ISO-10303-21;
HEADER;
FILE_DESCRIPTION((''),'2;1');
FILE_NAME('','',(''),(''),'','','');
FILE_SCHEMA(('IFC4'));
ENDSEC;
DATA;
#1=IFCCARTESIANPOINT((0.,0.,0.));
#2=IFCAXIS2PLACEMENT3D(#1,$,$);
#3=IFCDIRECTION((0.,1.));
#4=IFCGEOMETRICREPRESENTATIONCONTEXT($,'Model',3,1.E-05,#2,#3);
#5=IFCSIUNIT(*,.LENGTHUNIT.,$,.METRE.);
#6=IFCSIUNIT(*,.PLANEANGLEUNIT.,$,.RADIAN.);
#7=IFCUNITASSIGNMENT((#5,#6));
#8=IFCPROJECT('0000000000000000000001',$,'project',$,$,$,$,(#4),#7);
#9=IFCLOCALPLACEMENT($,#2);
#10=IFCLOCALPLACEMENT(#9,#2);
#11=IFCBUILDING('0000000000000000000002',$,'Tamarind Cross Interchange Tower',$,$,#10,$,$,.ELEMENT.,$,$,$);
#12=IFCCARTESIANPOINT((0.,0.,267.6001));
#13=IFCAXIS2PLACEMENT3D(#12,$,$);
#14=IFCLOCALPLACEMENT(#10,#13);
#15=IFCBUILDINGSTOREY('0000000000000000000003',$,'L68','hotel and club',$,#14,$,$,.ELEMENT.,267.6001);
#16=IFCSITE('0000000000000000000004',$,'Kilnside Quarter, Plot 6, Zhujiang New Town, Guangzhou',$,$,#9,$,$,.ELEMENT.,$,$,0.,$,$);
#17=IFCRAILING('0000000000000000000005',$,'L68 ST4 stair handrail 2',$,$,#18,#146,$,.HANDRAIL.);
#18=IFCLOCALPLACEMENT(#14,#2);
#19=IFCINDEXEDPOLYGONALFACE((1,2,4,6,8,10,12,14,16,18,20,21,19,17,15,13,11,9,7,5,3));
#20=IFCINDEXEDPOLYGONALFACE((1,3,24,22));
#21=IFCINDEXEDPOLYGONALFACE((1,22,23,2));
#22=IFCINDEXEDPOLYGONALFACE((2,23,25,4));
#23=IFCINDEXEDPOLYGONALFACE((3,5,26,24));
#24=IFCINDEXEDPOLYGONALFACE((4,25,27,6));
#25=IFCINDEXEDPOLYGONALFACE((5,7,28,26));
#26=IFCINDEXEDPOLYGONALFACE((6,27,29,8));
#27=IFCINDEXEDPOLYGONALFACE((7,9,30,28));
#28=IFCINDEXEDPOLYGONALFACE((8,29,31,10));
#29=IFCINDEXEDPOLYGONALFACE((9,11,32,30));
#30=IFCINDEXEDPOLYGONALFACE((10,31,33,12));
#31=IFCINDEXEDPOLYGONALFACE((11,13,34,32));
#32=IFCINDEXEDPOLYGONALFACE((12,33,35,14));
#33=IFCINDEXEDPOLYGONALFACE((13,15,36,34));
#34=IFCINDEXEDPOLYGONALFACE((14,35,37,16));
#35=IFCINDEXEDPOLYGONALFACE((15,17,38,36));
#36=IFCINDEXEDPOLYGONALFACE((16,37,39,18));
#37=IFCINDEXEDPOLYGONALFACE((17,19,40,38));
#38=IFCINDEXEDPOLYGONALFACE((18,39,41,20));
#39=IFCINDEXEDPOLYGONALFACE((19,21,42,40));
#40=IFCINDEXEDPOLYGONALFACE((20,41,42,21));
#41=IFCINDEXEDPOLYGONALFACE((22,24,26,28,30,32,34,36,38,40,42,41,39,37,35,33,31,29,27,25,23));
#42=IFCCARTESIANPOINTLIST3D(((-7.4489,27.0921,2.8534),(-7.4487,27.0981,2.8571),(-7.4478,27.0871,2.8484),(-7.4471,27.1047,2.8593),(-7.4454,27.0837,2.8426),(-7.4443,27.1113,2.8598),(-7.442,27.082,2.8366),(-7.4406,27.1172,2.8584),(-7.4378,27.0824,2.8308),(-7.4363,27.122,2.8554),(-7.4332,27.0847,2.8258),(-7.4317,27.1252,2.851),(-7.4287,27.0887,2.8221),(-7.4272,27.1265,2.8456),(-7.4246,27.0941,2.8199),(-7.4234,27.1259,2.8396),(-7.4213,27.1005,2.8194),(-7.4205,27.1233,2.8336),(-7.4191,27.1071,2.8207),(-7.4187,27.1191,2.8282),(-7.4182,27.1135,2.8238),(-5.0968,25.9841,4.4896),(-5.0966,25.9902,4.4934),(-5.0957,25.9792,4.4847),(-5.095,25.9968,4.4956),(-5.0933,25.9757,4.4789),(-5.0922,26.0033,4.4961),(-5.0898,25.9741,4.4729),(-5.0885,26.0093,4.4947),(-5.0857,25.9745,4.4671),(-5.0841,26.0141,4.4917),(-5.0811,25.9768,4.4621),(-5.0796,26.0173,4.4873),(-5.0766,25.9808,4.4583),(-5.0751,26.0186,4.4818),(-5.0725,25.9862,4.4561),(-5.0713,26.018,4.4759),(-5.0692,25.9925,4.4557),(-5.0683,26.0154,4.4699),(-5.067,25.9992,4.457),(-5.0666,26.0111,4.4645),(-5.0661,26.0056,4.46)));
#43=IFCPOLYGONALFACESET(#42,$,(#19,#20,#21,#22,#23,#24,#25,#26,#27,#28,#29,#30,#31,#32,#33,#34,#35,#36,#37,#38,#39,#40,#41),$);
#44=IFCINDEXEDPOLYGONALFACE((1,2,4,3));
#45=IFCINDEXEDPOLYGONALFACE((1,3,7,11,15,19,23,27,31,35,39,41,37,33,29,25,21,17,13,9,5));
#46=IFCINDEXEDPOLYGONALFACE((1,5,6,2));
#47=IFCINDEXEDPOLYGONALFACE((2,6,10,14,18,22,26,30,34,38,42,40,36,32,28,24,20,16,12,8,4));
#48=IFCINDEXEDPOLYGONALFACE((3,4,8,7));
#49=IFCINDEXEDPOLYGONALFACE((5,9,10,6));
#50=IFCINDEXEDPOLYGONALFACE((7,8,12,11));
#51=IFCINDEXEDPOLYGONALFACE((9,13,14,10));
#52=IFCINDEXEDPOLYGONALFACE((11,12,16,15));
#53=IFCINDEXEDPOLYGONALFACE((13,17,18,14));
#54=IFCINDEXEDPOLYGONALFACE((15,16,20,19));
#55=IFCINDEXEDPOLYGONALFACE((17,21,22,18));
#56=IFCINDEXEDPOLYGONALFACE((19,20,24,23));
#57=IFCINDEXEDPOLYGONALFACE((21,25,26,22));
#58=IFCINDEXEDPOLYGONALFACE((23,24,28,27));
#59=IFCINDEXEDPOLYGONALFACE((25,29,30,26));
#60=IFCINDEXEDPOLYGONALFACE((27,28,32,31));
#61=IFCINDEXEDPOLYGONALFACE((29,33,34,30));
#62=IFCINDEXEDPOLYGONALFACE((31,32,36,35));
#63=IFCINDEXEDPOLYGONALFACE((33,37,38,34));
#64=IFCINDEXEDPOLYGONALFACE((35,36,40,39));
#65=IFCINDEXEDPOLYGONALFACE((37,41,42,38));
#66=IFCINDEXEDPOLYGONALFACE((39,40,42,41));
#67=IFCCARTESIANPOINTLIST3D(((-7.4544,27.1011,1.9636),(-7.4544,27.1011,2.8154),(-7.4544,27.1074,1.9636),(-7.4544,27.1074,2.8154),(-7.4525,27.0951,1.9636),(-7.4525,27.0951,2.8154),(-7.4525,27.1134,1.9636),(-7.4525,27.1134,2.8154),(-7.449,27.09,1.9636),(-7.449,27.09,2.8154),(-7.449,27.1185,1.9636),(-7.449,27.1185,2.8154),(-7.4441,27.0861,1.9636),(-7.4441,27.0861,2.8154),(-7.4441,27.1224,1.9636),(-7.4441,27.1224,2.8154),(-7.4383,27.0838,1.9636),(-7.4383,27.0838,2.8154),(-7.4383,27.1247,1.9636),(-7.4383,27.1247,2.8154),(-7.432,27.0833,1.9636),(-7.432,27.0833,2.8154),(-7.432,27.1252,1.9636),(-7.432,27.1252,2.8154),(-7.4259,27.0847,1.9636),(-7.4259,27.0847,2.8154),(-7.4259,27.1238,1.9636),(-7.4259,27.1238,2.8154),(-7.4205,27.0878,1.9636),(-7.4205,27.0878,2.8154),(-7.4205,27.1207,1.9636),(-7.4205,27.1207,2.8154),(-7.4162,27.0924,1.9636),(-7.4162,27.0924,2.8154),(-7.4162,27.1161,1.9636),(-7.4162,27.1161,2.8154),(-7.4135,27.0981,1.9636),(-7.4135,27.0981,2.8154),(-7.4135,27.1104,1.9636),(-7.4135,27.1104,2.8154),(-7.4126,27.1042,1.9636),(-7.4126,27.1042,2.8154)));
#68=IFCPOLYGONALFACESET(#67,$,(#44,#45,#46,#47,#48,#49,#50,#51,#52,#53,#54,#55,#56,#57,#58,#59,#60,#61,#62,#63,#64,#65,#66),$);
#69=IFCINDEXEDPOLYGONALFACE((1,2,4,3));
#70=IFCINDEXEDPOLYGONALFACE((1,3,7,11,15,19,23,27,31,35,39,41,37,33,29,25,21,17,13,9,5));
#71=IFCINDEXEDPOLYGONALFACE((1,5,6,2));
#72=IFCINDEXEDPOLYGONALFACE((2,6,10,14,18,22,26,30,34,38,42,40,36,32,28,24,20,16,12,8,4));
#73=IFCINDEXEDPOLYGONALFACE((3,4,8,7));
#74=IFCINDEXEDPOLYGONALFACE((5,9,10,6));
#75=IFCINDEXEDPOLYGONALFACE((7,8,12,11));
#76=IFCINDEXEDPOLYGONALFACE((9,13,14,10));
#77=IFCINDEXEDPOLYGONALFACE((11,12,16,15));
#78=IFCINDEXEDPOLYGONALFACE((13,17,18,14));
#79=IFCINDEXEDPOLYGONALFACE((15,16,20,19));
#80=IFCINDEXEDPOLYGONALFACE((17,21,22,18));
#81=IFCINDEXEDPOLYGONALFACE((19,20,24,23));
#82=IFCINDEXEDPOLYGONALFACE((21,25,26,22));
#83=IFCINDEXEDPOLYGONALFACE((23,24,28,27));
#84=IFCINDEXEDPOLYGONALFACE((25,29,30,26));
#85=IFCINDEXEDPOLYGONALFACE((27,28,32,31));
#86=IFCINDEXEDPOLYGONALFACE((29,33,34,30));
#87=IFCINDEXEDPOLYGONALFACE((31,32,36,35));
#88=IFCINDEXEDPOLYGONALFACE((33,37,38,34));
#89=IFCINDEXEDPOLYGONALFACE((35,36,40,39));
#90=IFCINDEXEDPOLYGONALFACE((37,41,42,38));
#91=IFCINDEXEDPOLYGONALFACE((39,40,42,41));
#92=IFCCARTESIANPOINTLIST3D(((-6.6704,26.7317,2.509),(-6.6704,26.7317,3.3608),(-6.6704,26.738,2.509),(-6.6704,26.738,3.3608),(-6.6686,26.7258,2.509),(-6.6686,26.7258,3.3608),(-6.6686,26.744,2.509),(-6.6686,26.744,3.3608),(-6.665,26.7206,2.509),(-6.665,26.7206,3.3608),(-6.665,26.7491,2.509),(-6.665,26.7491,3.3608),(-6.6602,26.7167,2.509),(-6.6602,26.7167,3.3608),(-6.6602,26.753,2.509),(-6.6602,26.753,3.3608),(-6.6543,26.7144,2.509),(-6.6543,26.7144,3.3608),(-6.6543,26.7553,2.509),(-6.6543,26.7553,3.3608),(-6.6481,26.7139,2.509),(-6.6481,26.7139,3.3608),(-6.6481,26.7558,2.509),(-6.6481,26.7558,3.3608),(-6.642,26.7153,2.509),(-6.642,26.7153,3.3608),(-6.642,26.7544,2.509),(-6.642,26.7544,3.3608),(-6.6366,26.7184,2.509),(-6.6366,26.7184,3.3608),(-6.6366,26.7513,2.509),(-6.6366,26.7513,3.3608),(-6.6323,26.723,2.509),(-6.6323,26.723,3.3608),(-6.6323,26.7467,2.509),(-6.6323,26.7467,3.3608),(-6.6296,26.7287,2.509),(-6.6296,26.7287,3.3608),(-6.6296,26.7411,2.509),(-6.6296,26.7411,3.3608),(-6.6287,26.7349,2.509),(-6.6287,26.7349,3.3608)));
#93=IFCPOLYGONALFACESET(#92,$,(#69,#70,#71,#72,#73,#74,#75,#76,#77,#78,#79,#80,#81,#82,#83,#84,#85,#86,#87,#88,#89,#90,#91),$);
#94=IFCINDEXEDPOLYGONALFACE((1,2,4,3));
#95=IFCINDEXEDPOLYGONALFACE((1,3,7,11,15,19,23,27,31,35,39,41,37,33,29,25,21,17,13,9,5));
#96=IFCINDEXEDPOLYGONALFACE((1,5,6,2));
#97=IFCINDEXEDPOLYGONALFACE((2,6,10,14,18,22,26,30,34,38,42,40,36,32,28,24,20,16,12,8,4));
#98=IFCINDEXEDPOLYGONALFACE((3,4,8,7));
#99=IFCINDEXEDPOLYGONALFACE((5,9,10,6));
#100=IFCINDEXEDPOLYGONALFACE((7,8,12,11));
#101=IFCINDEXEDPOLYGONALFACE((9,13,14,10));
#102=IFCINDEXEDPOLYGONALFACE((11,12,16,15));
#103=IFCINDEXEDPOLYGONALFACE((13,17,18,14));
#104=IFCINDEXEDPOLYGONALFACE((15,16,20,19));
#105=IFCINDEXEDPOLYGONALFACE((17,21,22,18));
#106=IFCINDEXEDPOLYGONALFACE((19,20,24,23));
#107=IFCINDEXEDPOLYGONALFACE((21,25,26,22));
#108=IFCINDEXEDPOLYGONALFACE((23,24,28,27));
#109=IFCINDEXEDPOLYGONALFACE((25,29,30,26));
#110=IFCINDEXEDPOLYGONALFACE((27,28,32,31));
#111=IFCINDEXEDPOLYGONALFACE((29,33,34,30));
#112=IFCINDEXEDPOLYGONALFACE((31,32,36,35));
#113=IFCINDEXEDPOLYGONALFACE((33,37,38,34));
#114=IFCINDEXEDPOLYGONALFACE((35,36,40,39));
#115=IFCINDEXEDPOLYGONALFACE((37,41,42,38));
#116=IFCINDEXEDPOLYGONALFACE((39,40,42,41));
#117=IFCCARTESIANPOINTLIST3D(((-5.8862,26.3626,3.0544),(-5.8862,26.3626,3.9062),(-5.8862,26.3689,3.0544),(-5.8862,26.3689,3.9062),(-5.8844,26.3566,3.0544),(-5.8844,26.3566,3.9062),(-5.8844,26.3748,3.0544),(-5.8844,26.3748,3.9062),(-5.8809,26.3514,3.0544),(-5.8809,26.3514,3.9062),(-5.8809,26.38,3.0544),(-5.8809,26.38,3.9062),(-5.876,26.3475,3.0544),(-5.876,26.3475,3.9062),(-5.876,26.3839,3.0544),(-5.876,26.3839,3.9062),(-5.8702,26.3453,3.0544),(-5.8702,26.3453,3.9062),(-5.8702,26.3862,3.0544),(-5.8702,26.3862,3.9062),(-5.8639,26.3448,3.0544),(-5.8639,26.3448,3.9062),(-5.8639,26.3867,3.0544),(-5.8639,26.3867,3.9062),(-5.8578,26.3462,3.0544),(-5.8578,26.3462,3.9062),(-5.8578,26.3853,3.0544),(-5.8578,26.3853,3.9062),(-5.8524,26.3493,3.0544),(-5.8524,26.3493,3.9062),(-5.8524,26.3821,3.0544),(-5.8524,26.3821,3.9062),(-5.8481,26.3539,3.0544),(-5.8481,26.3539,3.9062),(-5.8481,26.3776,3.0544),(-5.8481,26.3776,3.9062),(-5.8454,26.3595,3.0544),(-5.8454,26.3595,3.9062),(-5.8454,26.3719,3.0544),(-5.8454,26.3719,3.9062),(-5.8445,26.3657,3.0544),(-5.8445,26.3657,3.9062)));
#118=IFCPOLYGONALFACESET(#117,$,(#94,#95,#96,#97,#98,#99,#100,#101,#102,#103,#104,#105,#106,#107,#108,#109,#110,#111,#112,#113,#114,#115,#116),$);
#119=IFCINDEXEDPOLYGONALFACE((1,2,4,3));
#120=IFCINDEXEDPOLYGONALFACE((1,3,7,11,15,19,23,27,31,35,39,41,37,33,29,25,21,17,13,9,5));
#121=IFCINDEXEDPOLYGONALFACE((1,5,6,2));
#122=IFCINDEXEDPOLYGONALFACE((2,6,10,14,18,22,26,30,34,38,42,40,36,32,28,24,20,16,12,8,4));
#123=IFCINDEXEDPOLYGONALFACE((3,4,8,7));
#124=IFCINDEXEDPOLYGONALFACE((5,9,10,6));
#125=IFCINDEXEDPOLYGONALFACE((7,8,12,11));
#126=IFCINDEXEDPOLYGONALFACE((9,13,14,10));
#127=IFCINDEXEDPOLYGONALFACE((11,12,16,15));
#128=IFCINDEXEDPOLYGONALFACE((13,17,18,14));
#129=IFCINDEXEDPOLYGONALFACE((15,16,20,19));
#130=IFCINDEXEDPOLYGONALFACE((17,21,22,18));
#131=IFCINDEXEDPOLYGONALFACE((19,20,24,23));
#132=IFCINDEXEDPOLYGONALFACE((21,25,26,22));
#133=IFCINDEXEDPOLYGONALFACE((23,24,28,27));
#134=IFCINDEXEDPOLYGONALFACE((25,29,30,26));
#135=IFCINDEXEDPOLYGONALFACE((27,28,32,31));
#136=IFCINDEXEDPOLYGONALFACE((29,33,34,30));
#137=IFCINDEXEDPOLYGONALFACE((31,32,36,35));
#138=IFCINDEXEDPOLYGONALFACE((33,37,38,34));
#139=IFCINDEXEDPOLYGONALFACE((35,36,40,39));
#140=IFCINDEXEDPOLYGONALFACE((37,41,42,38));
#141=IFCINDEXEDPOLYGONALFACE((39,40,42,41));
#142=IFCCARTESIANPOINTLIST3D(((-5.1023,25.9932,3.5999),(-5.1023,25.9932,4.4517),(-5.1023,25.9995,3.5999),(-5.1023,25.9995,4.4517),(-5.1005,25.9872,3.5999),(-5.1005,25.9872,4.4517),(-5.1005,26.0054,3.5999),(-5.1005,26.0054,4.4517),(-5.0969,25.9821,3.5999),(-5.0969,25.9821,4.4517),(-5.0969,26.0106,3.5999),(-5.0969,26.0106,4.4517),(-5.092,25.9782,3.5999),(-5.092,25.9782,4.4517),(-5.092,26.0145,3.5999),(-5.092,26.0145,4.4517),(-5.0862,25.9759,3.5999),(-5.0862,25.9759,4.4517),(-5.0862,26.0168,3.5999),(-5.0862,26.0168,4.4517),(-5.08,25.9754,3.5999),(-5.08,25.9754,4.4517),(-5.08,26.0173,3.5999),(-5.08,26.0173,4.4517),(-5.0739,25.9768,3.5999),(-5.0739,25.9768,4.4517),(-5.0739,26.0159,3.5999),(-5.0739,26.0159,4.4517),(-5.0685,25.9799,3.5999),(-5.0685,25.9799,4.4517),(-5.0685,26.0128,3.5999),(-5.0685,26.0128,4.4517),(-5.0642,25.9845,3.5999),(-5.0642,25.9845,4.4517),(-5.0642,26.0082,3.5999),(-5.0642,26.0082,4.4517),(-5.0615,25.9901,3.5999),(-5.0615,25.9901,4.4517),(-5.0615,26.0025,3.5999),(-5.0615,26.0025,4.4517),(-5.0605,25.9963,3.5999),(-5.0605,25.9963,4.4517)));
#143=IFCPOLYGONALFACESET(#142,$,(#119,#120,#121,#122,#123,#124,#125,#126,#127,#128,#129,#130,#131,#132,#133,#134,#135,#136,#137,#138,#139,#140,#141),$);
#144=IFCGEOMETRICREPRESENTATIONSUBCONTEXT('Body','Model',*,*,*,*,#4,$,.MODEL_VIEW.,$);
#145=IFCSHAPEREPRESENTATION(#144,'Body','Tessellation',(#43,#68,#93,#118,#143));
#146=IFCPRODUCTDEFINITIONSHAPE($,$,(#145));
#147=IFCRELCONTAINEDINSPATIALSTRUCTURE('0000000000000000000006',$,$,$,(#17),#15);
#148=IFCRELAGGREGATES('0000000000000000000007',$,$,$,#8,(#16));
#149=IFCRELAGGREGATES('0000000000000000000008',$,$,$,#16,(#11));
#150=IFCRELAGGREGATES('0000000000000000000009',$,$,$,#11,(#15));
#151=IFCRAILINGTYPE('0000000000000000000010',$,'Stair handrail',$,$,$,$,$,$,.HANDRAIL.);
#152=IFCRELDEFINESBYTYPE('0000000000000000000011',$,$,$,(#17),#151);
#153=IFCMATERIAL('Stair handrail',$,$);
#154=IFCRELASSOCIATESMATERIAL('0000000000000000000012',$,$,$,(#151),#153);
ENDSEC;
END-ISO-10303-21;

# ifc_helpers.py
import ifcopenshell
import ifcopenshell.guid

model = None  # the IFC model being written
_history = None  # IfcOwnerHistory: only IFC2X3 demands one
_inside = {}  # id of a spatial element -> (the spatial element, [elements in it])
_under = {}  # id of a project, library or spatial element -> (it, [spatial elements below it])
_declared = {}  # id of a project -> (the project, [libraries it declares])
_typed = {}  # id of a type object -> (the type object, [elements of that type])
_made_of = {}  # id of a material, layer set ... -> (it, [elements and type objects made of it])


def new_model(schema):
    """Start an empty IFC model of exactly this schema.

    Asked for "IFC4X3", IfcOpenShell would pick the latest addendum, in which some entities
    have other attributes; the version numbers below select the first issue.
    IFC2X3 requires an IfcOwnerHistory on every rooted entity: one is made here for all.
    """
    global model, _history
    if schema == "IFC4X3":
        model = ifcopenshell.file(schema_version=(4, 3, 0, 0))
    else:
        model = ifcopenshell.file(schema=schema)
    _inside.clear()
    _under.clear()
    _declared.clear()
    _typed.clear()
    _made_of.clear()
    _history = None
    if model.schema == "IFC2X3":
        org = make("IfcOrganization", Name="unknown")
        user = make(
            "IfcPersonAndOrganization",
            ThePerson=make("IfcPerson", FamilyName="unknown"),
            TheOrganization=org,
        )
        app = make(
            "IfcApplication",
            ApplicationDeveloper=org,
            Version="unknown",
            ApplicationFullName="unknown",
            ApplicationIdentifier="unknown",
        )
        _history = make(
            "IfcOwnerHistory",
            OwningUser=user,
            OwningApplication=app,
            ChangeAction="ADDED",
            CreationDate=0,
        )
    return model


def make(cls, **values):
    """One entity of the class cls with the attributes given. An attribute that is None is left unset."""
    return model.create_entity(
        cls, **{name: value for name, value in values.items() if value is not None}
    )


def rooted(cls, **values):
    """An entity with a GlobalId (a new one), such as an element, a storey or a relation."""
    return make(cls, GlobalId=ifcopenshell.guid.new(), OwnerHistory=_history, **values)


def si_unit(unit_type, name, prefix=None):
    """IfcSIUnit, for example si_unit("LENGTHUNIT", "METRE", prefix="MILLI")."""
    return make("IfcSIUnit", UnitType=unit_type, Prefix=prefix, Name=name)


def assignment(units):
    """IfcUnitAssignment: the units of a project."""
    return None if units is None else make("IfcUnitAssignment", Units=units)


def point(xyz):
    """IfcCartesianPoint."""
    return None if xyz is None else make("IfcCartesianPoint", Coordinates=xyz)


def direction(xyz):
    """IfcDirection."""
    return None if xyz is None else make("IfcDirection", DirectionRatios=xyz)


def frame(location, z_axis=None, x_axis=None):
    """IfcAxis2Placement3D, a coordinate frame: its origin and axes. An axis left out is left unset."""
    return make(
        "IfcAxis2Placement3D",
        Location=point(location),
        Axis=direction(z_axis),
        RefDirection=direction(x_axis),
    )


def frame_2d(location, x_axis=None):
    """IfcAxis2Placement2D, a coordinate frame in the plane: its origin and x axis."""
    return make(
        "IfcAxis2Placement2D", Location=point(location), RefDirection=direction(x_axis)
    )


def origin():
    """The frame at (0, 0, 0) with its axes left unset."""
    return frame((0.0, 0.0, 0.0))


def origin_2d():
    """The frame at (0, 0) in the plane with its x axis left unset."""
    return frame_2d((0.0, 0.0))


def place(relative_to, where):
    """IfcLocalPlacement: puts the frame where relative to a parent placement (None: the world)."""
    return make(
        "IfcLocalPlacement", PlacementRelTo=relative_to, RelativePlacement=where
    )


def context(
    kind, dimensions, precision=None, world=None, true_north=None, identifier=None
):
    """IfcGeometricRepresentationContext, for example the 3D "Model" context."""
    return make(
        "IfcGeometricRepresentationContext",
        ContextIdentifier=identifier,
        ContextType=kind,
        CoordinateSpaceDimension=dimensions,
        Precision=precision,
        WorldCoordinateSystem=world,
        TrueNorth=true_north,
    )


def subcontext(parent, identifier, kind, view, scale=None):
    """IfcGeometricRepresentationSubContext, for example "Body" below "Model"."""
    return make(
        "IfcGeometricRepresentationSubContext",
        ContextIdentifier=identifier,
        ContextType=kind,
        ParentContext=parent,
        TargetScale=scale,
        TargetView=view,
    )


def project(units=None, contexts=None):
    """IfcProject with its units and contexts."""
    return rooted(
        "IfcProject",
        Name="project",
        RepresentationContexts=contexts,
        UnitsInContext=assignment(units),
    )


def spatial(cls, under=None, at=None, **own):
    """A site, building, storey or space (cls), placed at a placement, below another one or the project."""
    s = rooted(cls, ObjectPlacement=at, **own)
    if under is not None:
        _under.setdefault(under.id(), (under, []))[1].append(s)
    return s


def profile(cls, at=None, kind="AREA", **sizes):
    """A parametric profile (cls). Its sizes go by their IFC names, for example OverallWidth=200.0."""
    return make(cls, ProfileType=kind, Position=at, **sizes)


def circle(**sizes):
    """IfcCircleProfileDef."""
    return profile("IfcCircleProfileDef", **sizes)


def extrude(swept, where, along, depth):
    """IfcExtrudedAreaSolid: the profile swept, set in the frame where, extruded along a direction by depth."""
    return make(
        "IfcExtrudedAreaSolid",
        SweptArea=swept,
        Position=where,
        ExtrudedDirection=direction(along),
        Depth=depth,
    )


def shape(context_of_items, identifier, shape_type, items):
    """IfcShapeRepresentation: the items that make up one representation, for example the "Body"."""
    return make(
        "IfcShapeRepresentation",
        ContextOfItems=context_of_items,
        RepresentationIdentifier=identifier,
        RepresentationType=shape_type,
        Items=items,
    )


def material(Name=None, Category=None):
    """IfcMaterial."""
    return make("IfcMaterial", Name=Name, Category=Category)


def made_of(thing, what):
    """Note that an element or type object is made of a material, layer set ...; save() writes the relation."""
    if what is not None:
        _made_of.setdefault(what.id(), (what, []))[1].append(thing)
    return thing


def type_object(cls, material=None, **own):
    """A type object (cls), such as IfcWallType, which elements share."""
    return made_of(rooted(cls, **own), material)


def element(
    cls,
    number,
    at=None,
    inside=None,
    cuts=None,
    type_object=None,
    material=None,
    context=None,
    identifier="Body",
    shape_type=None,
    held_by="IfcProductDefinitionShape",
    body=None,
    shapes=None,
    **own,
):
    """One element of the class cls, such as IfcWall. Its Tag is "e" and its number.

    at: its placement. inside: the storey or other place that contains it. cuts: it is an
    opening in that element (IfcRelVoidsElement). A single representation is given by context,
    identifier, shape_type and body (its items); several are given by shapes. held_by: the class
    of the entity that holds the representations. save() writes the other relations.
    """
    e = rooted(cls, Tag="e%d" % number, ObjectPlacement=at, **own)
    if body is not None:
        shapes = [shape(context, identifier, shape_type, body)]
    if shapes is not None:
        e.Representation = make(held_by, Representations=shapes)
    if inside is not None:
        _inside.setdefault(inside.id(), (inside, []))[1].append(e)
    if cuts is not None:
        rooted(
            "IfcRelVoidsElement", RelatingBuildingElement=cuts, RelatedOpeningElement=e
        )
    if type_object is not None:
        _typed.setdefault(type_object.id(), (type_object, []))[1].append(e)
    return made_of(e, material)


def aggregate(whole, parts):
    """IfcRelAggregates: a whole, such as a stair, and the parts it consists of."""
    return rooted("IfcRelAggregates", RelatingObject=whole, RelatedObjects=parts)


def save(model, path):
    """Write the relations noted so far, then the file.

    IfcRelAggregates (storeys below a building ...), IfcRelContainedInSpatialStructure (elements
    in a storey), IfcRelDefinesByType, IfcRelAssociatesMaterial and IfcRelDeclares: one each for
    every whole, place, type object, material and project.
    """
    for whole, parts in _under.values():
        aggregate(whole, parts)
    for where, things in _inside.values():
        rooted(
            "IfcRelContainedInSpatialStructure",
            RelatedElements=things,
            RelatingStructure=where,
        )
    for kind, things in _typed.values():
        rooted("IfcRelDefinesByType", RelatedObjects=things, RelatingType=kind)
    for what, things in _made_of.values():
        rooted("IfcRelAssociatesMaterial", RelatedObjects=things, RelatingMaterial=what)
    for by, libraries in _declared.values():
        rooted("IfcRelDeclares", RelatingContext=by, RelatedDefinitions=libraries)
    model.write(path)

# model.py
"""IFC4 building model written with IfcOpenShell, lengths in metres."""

from ifc_helpers import new_model, si_unit, direction, frame, origin, origin_2d, place, context, subcontext, project, spatial, circle, extrude, material, type_object, element, save


model = new_model("IFC4")

# Units and contexts
model_context = context("Model", 3, precision=1e-05, world=origin(), true_north=direction((0.0, 1.0)))
body_context = subcontext(model_context, "Body", "Model", "MODEL_VIEW")
ifc_project = project(units=[si_unit("LENGTHUNIT", "METRE"), si_unit("PLANEANGLEUNIT", "RADIAN")], contexts=[model_context])

# Site, building, storey
site_placement = place(None, origin())
site = spatial("IfcSite", under=ifc_project, at=site_placement, Name="Kilnside Quarter, Plot 6, Zhujiang New Town, Guangzhou", CompositionType="ELEMENT", RefElevation=0.0)
building_placement = place(site_placement, origin())
building = spatial("IfcBuilding", under=site, at=building_placement, Name="Tamarind Cross Interchange Tower", CompositionType="ELEMENT")
storey_placement = place(building_placement, frame((0.0, 0.0, 267.6001)))
storey = spatial("IfcBuildingStorey", under=building, at=storey_placement, Name="L68", Description="hotel and club", CompositionType="ELEMENT", Elevation=267.6001)

# Railing
ifc_material_1 = material(Name="Stair handrail")
railing_type_1 = type_object("IfcRailingType", Name="Stair handrail", PredefinedType="HANDRAIL", material=ifc_material_1)
railing_1_placement = place(storey_placement, frame((-7.4336, 27.1042, 1.9636)))
element("IfcRailing", 1, at=railing_1_placement, inside=storey, type_object=railing_type_1, Name="L68 ST4 stair handrail 2", PredefinedType="HANDRAIL", context=body_context, shape_type="SweptSolid", body=[
    extrude(circle(Radius=0.0239, at=origin_2d()), frame((0.0, 0.0, 0.876), z_axis=(0.765655, -0.360654, 0.532636), x_axis=(0.426132, 0.904661, 0.0)), (0.0, 0.0, 1.0), 3.072),
    extrude(circle(Radius=0.021, at=origin_2d()), origin(), (0.0, 0.0, 1.0), 0.8518),
    extrude(circle(Radius=0.021, at=origin_2d()), frame((0.7839, -0.3694, 0.5454)), (0.0, 0.0, 1.0), 0.8518),
    extrude(circle(Radius=0.021, at=origin_2d()), frame((1.5681, -0.7385, 1.0908)), (0.0, 0.0, 1.0), 0.8518),
    extrude(circle(Radius=0.021, at=origin_2d()), frame((2.3521, -1.1079, 1.6362)), (0.0, 0.0, 1.0), 0.8518),
])

save(model, "model.ifc")
